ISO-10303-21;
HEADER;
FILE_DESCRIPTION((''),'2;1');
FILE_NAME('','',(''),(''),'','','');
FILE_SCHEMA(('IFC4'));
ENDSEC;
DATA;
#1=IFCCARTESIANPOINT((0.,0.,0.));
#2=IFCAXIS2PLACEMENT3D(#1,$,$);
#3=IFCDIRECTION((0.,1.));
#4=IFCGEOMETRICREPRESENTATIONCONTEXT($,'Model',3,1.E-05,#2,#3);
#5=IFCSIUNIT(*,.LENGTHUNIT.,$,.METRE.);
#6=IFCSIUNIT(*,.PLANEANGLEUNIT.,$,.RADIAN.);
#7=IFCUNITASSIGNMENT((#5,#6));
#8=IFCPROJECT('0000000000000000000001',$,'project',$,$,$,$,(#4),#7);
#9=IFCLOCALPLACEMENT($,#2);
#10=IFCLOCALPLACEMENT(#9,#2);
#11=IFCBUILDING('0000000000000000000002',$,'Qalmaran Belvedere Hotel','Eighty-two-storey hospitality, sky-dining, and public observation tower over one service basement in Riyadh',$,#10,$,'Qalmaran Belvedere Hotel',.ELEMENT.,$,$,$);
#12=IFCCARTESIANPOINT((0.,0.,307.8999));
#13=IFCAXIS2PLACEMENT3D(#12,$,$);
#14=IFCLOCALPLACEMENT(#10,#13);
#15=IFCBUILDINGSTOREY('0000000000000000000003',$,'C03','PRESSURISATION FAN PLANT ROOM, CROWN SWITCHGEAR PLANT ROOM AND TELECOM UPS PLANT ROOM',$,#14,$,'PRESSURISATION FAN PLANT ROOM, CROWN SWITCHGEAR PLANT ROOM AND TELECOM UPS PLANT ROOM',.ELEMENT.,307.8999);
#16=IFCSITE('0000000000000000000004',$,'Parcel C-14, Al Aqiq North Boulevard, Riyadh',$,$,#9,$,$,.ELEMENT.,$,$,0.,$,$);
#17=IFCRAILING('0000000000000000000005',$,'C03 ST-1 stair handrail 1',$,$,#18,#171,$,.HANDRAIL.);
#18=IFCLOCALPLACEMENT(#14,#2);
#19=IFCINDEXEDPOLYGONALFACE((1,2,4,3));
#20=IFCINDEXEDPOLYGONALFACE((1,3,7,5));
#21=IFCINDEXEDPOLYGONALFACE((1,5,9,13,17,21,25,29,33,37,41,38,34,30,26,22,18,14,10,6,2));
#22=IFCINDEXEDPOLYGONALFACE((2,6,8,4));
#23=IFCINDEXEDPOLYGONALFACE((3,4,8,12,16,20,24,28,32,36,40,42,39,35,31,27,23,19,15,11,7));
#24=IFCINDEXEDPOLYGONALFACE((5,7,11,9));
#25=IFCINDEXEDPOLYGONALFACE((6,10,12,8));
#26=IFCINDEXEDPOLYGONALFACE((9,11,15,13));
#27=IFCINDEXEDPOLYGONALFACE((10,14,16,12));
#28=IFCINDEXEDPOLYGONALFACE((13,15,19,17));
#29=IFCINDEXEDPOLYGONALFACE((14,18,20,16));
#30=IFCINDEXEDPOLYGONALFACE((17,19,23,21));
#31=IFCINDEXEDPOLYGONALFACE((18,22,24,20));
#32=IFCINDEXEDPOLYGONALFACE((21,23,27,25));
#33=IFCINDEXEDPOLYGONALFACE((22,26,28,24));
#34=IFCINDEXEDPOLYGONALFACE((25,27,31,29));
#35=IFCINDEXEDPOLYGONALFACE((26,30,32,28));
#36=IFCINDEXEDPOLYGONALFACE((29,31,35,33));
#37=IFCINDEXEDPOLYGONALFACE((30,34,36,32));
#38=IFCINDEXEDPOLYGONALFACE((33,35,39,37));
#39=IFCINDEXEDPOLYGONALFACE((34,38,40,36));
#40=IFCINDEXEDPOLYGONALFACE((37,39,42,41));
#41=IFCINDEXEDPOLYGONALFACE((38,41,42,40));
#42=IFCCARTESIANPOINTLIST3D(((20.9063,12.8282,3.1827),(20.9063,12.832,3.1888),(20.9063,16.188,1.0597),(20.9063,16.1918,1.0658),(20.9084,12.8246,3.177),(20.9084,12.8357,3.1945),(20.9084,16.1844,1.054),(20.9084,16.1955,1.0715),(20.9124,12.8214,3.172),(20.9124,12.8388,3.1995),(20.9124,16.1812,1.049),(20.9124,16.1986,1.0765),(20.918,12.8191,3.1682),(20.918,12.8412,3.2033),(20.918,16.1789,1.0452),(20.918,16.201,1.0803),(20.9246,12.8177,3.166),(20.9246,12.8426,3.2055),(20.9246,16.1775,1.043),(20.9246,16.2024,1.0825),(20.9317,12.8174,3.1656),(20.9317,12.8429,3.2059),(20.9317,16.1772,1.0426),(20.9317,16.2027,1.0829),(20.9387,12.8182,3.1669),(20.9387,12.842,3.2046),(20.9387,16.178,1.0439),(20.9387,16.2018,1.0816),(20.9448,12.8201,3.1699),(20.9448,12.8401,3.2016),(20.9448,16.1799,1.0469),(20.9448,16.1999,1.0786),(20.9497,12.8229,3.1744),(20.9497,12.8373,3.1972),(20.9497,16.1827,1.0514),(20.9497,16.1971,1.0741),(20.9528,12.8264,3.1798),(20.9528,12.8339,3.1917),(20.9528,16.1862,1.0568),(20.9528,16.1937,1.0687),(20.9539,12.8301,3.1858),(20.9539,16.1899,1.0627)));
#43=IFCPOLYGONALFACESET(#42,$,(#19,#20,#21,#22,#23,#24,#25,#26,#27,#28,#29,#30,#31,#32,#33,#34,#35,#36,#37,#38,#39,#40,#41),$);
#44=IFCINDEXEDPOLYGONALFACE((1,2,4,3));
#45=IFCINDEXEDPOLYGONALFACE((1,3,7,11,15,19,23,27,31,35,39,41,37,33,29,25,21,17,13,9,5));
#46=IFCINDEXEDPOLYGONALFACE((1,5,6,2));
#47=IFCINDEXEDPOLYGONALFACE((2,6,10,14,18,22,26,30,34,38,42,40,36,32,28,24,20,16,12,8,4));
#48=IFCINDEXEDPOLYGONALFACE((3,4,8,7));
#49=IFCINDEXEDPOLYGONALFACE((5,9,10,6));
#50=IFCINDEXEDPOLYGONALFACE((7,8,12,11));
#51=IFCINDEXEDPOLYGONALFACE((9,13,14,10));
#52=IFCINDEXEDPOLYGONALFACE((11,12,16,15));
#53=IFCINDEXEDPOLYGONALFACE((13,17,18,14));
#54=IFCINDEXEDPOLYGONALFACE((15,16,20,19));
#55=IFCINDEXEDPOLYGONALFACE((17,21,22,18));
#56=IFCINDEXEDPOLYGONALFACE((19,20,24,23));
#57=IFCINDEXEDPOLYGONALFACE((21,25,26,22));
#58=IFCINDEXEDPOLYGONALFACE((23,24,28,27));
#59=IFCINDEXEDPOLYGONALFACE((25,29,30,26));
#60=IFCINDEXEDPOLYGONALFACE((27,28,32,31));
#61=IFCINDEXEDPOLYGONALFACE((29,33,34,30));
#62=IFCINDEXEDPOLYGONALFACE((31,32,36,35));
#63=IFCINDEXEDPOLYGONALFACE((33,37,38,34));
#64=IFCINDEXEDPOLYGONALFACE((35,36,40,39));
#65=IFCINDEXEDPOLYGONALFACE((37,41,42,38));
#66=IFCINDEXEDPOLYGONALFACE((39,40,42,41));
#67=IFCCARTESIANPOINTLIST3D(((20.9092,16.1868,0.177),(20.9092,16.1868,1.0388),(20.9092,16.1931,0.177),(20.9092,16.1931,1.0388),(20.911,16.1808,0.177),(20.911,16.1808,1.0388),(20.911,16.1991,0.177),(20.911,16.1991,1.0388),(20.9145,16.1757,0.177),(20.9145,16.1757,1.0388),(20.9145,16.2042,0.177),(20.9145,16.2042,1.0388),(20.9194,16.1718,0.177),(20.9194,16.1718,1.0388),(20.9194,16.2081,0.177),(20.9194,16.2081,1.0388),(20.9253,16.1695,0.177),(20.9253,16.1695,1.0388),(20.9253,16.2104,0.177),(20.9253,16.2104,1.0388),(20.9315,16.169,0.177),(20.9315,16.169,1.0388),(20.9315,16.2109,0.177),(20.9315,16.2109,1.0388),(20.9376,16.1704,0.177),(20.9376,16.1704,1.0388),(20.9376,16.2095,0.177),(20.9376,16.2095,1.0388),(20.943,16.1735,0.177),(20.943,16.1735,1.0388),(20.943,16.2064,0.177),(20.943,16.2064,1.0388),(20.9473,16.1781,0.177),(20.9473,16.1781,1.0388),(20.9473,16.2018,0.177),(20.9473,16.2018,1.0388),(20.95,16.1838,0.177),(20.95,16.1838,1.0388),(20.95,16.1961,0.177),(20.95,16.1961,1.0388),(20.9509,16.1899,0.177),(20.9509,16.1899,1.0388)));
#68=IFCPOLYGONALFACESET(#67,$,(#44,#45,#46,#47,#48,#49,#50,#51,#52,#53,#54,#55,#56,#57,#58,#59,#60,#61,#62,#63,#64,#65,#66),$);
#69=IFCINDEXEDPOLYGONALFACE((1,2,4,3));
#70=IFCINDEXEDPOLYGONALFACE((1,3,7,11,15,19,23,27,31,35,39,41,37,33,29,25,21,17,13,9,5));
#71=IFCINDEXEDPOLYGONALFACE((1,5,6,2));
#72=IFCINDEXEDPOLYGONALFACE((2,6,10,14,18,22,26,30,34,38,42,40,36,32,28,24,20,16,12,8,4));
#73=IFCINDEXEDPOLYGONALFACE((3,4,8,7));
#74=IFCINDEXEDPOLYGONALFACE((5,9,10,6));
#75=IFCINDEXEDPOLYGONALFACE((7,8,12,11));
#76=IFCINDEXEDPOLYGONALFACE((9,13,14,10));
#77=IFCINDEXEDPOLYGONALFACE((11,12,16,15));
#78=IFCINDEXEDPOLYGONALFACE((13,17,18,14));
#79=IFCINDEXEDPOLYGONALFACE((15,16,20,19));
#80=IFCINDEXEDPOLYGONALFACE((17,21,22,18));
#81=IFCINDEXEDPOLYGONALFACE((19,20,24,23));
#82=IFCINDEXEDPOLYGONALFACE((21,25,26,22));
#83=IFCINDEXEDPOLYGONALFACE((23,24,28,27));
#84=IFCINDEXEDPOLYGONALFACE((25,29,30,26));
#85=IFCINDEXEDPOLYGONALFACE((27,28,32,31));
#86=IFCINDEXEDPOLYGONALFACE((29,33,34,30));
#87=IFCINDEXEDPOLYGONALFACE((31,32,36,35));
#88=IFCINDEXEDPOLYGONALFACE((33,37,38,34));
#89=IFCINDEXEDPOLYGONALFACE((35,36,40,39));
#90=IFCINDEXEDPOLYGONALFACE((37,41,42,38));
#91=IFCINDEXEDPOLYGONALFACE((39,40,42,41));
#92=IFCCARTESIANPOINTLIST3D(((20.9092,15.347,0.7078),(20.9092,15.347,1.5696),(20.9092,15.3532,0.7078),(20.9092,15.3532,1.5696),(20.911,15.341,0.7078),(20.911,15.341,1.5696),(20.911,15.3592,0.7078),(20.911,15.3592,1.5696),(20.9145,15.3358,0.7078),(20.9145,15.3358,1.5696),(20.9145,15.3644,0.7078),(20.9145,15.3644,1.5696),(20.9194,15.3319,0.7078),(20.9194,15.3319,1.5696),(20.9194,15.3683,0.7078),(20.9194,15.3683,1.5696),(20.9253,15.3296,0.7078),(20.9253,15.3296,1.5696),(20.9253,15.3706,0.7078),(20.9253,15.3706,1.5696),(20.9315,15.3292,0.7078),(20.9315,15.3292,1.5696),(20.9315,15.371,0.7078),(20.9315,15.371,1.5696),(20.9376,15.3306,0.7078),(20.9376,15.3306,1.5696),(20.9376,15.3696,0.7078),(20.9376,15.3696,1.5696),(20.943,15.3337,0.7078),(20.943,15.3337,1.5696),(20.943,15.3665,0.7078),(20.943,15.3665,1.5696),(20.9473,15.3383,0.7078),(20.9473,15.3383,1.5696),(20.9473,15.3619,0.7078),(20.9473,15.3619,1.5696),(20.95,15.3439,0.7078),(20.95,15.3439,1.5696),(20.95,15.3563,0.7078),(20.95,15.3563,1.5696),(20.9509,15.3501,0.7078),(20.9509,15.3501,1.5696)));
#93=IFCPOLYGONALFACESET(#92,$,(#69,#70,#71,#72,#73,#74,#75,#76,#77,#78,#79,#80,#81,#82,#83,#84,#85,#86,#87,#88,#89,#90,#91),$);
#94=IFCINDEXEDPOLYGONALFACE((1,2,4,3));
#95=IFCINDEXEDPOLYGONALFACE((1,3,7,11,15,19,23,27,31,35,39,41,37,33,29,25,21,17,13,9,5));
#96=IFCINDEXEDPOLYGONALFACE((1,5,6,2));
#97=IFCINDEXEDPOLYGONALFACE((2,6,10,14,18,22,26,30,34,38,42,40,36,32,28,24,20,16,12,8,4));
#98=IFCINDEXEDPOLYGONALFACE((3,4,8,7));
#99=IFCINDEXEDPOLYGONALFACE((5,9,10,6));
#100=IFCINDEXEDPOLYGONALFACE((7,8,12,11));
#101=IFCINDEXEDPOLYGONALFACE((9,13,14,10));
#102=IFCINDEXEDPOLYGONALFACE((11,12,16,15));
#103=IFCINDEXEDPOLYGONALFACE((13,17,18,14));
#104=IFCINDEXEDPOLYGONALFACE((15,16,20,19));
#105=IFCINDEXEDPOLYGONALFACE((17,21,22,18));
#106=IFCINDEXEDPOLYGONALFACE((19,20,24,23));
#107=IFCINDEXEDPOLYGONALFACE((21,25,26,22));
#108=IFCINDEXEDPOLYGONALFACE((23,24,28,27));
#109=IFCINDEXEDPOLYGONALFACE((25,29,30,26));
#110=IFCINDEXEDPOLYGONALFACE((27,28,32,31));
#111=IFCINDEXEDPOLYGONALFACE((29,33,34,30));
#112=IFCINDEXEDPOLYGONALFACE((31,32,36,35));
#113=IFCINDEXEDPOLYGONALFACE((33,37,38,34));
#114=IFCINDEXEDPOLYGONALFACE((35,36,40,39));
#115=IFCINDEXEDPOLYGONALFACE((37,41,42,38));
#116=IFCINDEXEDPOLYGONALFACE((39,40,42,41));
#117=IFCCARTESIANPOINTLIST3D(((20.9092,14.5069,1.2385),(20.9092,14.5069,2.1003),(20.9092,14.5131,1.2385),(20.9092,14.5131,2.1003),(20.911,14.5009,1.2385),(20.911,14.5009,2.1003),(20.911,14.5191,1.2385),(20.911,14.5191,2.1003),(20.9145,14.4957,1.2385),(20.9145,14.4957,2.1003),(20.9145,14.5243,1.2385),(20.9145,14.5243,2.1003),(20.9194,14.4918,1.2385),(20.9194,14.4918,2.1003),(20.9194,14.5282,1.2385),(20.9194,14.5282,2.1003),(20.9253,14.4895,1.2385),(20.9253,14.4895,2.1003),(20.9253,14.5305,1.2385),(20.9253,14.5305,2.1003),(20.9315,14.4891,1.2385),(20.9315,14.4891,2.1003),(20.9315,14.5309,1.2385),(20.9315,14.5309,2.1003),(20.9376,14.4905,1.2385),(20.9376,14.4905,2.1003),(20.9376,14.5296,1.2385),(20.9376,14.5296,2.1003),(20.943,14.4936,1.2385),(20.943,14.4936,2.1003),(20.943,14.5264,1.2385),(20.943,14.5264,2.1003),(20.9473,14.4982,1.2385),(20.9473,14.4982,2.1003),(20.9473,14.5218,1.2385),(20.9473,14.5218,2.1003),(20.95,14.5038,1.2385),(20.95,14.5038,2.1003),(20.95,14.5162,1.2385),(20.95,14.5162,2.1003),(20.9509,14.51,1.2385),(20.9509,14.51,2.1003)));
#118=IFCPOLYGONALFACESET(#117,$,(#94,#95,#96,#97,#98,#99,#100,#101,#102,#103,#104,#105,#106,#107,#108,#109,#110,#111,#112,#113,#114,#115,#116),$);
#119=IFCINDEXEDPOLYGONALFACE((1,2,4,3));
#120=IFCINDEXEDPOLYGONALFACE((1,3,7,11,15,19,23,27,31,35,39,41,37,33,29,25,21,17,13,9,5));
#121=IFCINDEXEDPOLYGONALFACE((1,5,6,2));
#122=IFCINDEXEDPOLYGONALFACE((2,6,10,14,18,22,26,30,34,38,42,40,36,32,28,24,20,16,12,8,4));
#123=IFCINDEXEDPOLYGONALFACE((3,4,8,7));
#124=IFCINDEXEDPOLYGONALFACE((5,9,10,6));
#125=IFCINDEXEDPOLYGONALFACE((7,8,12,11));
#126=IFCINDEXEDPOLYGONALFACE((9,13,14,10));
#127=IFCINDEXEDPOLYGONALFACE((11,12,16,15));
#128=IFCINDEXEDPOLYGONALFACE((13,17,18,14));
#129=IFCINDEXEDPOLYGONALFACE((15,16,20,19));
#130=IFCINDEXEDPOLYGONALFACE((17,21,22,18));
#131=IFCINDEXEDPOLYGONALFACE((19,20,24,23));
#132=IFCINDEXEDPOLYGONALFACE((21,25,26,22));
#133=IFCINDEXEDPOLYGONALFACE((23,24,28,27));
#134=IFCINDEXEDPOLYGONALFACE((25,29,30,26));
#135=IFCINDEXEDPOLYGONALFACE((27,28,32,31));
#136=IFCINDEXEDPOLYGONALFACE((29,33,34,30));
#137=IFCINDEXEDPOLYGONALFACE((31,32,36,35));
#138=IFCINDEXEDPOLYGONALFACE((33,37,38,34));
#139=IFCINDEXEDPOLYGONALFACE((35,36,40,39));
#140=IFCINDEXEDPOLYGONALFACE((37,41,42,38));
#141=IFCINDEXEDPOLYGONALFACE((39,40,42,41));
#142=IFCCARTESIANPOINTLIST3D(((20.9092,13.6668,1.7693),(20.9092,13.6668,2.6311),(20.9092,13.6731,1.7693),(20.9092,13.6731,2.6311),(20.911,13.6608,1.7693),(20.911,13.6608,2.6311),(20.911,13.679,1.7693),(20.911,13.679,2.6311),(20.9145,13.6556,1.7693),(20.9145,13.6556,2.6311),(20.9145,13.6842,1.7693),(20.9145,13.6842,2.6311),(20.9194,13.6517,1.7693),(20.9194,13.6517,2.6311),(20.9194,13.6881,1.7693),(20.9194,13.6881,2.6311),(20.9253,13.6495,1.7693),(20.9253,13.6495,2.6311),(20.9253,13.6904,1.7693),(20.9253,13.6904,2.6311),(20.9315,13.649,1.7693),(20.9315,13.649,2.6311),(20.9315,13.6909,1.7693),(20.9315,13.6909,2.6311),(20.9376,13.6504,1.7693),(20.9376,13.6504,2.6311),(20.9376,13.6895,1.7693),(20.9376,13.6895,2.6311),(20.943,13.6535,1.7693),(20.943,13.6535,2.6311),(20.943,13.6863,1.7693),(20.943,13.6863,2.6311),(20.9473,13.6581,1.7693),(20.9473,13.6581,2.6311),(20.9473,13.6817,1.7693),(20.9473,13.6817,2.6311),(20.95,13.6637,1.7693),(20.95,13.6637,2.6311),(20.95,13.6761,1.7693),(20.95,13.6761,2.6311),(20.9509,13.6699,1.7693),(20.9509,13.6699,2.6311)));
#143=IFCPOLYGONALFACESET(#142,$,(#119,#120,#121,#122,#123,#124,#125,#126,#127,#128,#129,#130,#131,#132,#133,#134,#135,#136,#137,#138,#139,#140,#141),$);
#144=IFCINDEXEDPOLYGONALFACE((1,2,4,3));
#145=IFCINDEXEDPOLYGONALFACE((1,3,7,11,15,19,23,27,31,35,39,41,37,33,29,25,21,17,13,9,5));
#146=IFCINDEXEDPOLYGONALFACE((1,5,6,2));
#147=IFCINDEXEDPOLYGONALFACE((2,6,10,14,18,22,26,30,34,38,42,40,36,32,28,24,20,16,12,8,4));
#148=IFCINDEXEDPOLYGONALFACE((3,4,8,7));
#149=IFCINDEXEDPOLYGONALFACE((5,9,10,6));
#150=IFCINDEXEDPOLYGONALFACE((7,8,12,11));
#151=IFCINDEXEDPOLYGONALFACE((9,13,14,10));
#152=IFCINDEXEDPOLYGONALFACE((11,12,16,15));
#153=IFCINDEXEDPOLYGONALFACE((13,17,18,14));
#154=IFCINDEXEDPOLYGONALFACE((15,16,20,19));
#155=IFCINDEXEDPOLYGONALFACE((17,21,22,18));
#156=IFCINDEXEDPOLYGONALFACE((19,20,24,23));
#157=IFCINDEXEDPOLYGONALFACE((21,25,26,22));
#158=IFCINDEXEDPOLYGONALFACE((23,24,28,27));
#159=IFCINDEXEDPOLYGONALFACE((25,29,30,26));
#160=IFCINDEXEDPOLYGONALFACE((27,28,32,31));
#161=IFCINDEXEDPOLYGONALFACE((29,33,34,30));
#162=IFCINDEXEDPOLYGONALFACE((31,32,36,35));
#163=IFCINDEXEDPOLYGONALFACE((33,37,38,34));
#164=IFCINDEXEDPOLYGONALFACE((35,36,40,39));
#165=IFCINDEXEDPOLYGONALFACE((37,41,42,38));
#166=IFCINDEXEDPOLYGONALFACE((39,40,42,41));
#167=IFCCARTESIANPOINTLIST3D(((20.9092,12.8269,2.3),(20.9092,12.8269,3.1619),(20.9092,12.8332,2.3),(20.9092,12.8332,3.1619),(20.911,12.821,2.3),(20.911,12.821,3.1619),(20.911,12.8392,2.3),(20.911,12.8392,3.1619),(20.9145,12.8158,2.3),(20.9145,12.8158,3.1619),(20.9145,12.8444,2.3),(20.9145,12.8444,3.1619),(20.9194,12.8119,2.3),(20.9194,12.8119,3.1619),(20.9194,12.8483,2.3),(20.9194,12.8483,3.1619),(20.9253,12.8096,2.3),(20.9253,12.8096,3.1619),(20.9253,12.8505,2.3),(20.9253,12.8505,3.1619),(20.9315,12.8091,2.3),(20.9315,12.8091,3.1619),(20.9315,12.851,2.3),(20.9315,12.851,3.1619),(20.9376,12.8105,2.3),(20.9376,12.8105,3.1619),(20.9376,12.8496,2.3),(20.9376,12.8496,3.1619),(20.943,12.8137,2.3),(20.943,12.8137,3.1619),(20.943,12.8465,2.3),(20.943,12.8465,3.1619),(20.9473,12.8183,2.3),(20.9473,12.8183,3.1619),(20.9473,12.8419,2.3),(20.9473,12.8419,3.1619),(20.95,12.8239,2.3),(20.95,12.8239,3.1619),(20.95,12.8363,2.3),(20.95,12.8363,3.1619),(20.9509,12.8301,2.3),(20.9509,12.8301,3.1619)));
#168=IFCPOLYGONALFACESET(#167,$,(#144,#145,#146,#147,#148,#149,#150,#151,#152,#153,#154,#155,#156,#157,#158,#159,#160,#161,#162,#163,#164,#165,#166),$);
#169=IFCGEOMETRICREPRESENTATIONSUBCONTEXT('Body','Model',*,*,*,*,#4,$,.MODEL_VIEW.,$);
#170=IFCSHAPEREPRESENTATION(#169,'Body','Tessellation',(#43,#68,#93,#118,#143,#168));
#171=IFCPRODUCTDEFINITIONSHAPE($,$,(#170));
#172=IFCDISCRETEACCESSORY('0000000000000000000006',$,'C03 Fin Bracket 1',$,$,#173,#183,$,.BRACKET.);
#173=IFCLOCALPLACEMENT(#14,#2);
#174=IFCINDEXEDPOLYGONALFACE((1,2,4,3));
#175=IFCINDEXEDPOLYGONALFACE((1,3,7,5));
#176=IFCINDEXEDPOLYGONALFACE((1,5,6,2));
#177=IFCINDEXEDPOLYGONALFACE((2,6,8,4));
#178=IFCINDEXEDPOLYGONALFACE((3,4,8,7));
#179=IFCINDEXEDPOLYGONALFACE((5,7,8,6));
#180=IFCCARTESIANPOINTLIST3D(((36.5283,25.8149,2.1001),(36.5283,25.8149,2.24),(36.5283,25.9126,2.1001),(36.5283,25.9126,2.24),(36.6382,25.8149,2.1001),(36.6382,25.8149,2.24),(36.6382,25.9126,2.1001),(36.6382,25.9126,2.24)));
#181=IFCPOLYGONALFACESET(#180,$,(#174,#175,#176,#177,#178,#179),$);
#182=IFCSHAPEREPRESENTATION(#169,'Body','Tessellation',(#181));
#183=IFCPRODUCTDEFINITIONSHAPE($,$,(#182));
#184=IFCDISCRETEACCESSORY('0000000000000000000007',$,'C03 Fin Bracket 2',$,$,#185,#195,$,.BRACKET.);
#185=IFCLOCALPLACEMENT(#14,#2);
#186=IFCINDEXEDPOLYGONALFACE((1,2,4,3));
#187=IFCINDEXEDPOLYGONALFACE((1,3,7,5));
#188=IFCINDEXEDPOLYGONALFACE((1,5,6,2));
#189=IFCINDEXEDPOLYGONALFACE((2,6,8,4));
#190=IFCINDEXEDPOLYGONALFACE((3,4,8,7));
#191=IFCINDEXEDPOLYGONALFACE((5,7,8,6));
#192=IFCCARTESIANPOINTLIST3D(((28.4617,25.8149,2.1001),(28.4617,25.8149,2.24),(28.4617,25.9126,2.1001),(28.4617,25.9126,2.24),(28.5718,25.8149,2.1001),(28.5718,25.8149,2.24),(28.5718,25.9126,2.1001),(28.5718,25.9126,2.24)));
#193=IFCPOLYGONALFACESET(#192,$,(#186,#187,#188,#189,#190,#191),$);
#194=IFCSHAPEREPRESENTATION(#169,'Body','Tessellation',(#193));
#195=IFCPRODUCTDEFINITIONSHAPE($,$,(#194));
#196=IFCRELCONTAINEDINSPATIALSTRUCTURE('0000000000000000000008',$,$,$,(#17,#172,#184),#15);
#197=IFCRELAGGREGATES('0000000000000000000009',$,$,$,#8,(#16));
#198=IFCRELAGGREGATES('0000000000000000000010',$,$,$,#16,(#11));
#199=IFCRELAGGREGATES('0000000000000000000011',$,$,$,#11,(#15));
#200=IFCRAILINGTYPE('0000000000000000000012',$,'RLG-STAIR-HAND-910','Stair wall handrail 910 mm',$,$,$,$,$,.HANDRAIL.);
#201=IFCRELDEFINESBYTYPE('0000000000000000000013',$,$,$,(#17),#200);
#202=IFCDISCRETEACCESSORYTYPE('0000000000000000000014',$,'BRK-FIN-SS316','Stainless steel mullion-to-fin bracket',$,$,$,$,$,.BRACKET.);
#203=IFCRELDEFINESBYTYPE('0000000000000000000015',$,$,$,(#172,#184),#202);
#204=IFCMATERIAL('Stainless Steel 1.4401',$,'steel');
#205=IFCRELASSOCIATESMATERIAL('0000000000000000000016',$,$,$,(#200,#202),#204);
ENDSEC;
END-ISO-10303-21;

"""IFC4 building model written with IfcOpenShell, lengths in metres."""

from ifc_helpers import new_model, si_unit, direction, frame, origin, origin_2d, place, context, subcontext, project, spatial, polyline, circle, outline, extrude, material, type_object, element, save


model = new_model("IFC4")

# Units and contexts
model_context = context("Model", 3, precision=1e-05, world=origin(), true_north=direction((0.0, 1.0)))
body_context = subcontext(model_context, "Body", "Model", "MODEL_VIEW")
ifc_project = project(units=[si_unit("LENGTHUNIT", "METRE"), si_unit("PLANEANGLEUNIT", "RADIAN")], contexts=[model_context])

# Site, building, storey
site_placement = place(None, origin())
site = spatial("IfcSite", under=ifc_project, at=site_placement, Name="Parcel C-14, Al Aqiq North Boulevard, Riyadh", CompositionType="ELEMENT", RefElevation=0.0)
building_placement = place(site_placement, origin())
building = spatial("IfcBuilding", under=site, at=building_placement, Name="Qalmaran Belvedere Hotel", Description="Eighty-two-storey hospitality, sky-dining, and public observation tower over one service basement in Riyadh", LongName="Qalmaran Belvedere Hotel", CompositionType="ELEMENT")
storey_placement = place(building_placement, frame((0.0, 0.0, 307.8999)))
storey = spatial("IfcBuildingStorey", under=building, at=storey_placement, Name="C03", Description="PRESSURISATION FAN PLANT ROOM, CROWN SWITCHGEAR PLANT ROOM AND TELECOM UPS PLANT ROOM", LongName="PRESSURISATION FAN PLANT ROOM, CROWN SWITCHGEAR PLANT ROOM AND TELECOM UPS PLANT ROOM", CompositionType="ELEMENT", Elevation=307.8999)

# Shared definitions
ifc_material_1 = material(Name="Stainless Steel 1.4401", Category="steel")

# Railing
railing_type_1 = type_object("IfcRailingType", Name="RLG-STAIR-HAND-910", Description="Stair wall handrail 910 mm", PredefinedType="HANDRAIL", material=ifc_material_1)
railing_1_placement = place(storey_placement, frame((20.9299, 16.1899, 0.177)))
element("IfcRailing", 1, at=railing_1_placement, inside=storey, type_object=railing_type_1, Name="C03 ST-1 stair handrail 1", PredefinedType="HANDRAIL", context=body_context, shape_type="SweptSolid", body=[
    extrude(circle(Radius=0.0239, at=origin_2d()), frame((0.0, 0.0, 0.8857), z_axis=(0.0, -0.845372, 0.534178), x_axis=(1.0, 0.0, 0.0)), (0.0, 0.0, 1.0), 3.9744),
    extrude(circle(Radius=0.021, at=origin_2d()), origin(), (0.0, 0.0, 1.0), 0.8618),
    extrude(circle(Radius=0.021, at=origin_2d()), frame((0.0, -0.8398, 0.5308)), (0.0, 0.0, 1.0), 0.8618),
    extrude(circle(Radius=0.021, at=origin_2d()), frame((0.0, -1.6799, 1.0615)), (0.0, 0.0, 1.0), 0.8618),
    extrude(circle(Radius=0.021, at=origin_2d()), frame((0.0, -2.52, 1.5923)), (0.0, 0.0, 1.0), 0.8618),
    extrude(circle(Radius=0.021, at=origin_2d()), frame((0.0, -3.3599, 2.123)), (0.0, 0.0, 1.0), 0.8618),
])

# Discrete accessories
discrete_accessory_type = type_object("IfcDiscreteAccessoryType", Name="BRK-FIN-SS316", Description="Stainless steel mullion-to-fin bracket", PredefinedType="BRACKET", material=ifc_material_1)
discrete_accessory_1_placement = place(storey_placement, frame((0.0, 0.0, 2.1001)))
element("IfcDiscreteAccessory", 2, at=discrete_accessory_1_placement, inside=storey, type_object=discrete_accessory_type, Name="C03 Fin Bracket 1", PredefinedType="BRACKET", context=body_context, shape_type="SweptSolid", body=[
    extrude(outline(polyline([(36.6382, 25.8149), (36.6382, 25.9126), (36.5283, 25.9126), (36.5283, 25.8149), (36.6382, 25.8149)])), origin(), (0.0, 0.0, 1.0), 0.1399),
])
discrete_accessory_2_placement = place(storey_placement, frame((0.0, 0.0, 2.1001)))
element("IfcDiscreteAccessory", 3, at=discrete_accessory_2_placement, inside=storey, type_object=discrete_accessory_type, Name="C03 Fin Bracket 2", PredefinedType="BRACKET", context=body_context, shape_type="SweptSolid", body=[
    extrude(outline(polyline([(28.5718, 25.8149), (28.5718, 25.9126), (28.4617, 25.9126), (28.4617, 25.8149), (28.5718, 25.8149)])), origin(), (0.0, 0.0, 1.0), 0.1399),
])

save(model, "model.ifc")
